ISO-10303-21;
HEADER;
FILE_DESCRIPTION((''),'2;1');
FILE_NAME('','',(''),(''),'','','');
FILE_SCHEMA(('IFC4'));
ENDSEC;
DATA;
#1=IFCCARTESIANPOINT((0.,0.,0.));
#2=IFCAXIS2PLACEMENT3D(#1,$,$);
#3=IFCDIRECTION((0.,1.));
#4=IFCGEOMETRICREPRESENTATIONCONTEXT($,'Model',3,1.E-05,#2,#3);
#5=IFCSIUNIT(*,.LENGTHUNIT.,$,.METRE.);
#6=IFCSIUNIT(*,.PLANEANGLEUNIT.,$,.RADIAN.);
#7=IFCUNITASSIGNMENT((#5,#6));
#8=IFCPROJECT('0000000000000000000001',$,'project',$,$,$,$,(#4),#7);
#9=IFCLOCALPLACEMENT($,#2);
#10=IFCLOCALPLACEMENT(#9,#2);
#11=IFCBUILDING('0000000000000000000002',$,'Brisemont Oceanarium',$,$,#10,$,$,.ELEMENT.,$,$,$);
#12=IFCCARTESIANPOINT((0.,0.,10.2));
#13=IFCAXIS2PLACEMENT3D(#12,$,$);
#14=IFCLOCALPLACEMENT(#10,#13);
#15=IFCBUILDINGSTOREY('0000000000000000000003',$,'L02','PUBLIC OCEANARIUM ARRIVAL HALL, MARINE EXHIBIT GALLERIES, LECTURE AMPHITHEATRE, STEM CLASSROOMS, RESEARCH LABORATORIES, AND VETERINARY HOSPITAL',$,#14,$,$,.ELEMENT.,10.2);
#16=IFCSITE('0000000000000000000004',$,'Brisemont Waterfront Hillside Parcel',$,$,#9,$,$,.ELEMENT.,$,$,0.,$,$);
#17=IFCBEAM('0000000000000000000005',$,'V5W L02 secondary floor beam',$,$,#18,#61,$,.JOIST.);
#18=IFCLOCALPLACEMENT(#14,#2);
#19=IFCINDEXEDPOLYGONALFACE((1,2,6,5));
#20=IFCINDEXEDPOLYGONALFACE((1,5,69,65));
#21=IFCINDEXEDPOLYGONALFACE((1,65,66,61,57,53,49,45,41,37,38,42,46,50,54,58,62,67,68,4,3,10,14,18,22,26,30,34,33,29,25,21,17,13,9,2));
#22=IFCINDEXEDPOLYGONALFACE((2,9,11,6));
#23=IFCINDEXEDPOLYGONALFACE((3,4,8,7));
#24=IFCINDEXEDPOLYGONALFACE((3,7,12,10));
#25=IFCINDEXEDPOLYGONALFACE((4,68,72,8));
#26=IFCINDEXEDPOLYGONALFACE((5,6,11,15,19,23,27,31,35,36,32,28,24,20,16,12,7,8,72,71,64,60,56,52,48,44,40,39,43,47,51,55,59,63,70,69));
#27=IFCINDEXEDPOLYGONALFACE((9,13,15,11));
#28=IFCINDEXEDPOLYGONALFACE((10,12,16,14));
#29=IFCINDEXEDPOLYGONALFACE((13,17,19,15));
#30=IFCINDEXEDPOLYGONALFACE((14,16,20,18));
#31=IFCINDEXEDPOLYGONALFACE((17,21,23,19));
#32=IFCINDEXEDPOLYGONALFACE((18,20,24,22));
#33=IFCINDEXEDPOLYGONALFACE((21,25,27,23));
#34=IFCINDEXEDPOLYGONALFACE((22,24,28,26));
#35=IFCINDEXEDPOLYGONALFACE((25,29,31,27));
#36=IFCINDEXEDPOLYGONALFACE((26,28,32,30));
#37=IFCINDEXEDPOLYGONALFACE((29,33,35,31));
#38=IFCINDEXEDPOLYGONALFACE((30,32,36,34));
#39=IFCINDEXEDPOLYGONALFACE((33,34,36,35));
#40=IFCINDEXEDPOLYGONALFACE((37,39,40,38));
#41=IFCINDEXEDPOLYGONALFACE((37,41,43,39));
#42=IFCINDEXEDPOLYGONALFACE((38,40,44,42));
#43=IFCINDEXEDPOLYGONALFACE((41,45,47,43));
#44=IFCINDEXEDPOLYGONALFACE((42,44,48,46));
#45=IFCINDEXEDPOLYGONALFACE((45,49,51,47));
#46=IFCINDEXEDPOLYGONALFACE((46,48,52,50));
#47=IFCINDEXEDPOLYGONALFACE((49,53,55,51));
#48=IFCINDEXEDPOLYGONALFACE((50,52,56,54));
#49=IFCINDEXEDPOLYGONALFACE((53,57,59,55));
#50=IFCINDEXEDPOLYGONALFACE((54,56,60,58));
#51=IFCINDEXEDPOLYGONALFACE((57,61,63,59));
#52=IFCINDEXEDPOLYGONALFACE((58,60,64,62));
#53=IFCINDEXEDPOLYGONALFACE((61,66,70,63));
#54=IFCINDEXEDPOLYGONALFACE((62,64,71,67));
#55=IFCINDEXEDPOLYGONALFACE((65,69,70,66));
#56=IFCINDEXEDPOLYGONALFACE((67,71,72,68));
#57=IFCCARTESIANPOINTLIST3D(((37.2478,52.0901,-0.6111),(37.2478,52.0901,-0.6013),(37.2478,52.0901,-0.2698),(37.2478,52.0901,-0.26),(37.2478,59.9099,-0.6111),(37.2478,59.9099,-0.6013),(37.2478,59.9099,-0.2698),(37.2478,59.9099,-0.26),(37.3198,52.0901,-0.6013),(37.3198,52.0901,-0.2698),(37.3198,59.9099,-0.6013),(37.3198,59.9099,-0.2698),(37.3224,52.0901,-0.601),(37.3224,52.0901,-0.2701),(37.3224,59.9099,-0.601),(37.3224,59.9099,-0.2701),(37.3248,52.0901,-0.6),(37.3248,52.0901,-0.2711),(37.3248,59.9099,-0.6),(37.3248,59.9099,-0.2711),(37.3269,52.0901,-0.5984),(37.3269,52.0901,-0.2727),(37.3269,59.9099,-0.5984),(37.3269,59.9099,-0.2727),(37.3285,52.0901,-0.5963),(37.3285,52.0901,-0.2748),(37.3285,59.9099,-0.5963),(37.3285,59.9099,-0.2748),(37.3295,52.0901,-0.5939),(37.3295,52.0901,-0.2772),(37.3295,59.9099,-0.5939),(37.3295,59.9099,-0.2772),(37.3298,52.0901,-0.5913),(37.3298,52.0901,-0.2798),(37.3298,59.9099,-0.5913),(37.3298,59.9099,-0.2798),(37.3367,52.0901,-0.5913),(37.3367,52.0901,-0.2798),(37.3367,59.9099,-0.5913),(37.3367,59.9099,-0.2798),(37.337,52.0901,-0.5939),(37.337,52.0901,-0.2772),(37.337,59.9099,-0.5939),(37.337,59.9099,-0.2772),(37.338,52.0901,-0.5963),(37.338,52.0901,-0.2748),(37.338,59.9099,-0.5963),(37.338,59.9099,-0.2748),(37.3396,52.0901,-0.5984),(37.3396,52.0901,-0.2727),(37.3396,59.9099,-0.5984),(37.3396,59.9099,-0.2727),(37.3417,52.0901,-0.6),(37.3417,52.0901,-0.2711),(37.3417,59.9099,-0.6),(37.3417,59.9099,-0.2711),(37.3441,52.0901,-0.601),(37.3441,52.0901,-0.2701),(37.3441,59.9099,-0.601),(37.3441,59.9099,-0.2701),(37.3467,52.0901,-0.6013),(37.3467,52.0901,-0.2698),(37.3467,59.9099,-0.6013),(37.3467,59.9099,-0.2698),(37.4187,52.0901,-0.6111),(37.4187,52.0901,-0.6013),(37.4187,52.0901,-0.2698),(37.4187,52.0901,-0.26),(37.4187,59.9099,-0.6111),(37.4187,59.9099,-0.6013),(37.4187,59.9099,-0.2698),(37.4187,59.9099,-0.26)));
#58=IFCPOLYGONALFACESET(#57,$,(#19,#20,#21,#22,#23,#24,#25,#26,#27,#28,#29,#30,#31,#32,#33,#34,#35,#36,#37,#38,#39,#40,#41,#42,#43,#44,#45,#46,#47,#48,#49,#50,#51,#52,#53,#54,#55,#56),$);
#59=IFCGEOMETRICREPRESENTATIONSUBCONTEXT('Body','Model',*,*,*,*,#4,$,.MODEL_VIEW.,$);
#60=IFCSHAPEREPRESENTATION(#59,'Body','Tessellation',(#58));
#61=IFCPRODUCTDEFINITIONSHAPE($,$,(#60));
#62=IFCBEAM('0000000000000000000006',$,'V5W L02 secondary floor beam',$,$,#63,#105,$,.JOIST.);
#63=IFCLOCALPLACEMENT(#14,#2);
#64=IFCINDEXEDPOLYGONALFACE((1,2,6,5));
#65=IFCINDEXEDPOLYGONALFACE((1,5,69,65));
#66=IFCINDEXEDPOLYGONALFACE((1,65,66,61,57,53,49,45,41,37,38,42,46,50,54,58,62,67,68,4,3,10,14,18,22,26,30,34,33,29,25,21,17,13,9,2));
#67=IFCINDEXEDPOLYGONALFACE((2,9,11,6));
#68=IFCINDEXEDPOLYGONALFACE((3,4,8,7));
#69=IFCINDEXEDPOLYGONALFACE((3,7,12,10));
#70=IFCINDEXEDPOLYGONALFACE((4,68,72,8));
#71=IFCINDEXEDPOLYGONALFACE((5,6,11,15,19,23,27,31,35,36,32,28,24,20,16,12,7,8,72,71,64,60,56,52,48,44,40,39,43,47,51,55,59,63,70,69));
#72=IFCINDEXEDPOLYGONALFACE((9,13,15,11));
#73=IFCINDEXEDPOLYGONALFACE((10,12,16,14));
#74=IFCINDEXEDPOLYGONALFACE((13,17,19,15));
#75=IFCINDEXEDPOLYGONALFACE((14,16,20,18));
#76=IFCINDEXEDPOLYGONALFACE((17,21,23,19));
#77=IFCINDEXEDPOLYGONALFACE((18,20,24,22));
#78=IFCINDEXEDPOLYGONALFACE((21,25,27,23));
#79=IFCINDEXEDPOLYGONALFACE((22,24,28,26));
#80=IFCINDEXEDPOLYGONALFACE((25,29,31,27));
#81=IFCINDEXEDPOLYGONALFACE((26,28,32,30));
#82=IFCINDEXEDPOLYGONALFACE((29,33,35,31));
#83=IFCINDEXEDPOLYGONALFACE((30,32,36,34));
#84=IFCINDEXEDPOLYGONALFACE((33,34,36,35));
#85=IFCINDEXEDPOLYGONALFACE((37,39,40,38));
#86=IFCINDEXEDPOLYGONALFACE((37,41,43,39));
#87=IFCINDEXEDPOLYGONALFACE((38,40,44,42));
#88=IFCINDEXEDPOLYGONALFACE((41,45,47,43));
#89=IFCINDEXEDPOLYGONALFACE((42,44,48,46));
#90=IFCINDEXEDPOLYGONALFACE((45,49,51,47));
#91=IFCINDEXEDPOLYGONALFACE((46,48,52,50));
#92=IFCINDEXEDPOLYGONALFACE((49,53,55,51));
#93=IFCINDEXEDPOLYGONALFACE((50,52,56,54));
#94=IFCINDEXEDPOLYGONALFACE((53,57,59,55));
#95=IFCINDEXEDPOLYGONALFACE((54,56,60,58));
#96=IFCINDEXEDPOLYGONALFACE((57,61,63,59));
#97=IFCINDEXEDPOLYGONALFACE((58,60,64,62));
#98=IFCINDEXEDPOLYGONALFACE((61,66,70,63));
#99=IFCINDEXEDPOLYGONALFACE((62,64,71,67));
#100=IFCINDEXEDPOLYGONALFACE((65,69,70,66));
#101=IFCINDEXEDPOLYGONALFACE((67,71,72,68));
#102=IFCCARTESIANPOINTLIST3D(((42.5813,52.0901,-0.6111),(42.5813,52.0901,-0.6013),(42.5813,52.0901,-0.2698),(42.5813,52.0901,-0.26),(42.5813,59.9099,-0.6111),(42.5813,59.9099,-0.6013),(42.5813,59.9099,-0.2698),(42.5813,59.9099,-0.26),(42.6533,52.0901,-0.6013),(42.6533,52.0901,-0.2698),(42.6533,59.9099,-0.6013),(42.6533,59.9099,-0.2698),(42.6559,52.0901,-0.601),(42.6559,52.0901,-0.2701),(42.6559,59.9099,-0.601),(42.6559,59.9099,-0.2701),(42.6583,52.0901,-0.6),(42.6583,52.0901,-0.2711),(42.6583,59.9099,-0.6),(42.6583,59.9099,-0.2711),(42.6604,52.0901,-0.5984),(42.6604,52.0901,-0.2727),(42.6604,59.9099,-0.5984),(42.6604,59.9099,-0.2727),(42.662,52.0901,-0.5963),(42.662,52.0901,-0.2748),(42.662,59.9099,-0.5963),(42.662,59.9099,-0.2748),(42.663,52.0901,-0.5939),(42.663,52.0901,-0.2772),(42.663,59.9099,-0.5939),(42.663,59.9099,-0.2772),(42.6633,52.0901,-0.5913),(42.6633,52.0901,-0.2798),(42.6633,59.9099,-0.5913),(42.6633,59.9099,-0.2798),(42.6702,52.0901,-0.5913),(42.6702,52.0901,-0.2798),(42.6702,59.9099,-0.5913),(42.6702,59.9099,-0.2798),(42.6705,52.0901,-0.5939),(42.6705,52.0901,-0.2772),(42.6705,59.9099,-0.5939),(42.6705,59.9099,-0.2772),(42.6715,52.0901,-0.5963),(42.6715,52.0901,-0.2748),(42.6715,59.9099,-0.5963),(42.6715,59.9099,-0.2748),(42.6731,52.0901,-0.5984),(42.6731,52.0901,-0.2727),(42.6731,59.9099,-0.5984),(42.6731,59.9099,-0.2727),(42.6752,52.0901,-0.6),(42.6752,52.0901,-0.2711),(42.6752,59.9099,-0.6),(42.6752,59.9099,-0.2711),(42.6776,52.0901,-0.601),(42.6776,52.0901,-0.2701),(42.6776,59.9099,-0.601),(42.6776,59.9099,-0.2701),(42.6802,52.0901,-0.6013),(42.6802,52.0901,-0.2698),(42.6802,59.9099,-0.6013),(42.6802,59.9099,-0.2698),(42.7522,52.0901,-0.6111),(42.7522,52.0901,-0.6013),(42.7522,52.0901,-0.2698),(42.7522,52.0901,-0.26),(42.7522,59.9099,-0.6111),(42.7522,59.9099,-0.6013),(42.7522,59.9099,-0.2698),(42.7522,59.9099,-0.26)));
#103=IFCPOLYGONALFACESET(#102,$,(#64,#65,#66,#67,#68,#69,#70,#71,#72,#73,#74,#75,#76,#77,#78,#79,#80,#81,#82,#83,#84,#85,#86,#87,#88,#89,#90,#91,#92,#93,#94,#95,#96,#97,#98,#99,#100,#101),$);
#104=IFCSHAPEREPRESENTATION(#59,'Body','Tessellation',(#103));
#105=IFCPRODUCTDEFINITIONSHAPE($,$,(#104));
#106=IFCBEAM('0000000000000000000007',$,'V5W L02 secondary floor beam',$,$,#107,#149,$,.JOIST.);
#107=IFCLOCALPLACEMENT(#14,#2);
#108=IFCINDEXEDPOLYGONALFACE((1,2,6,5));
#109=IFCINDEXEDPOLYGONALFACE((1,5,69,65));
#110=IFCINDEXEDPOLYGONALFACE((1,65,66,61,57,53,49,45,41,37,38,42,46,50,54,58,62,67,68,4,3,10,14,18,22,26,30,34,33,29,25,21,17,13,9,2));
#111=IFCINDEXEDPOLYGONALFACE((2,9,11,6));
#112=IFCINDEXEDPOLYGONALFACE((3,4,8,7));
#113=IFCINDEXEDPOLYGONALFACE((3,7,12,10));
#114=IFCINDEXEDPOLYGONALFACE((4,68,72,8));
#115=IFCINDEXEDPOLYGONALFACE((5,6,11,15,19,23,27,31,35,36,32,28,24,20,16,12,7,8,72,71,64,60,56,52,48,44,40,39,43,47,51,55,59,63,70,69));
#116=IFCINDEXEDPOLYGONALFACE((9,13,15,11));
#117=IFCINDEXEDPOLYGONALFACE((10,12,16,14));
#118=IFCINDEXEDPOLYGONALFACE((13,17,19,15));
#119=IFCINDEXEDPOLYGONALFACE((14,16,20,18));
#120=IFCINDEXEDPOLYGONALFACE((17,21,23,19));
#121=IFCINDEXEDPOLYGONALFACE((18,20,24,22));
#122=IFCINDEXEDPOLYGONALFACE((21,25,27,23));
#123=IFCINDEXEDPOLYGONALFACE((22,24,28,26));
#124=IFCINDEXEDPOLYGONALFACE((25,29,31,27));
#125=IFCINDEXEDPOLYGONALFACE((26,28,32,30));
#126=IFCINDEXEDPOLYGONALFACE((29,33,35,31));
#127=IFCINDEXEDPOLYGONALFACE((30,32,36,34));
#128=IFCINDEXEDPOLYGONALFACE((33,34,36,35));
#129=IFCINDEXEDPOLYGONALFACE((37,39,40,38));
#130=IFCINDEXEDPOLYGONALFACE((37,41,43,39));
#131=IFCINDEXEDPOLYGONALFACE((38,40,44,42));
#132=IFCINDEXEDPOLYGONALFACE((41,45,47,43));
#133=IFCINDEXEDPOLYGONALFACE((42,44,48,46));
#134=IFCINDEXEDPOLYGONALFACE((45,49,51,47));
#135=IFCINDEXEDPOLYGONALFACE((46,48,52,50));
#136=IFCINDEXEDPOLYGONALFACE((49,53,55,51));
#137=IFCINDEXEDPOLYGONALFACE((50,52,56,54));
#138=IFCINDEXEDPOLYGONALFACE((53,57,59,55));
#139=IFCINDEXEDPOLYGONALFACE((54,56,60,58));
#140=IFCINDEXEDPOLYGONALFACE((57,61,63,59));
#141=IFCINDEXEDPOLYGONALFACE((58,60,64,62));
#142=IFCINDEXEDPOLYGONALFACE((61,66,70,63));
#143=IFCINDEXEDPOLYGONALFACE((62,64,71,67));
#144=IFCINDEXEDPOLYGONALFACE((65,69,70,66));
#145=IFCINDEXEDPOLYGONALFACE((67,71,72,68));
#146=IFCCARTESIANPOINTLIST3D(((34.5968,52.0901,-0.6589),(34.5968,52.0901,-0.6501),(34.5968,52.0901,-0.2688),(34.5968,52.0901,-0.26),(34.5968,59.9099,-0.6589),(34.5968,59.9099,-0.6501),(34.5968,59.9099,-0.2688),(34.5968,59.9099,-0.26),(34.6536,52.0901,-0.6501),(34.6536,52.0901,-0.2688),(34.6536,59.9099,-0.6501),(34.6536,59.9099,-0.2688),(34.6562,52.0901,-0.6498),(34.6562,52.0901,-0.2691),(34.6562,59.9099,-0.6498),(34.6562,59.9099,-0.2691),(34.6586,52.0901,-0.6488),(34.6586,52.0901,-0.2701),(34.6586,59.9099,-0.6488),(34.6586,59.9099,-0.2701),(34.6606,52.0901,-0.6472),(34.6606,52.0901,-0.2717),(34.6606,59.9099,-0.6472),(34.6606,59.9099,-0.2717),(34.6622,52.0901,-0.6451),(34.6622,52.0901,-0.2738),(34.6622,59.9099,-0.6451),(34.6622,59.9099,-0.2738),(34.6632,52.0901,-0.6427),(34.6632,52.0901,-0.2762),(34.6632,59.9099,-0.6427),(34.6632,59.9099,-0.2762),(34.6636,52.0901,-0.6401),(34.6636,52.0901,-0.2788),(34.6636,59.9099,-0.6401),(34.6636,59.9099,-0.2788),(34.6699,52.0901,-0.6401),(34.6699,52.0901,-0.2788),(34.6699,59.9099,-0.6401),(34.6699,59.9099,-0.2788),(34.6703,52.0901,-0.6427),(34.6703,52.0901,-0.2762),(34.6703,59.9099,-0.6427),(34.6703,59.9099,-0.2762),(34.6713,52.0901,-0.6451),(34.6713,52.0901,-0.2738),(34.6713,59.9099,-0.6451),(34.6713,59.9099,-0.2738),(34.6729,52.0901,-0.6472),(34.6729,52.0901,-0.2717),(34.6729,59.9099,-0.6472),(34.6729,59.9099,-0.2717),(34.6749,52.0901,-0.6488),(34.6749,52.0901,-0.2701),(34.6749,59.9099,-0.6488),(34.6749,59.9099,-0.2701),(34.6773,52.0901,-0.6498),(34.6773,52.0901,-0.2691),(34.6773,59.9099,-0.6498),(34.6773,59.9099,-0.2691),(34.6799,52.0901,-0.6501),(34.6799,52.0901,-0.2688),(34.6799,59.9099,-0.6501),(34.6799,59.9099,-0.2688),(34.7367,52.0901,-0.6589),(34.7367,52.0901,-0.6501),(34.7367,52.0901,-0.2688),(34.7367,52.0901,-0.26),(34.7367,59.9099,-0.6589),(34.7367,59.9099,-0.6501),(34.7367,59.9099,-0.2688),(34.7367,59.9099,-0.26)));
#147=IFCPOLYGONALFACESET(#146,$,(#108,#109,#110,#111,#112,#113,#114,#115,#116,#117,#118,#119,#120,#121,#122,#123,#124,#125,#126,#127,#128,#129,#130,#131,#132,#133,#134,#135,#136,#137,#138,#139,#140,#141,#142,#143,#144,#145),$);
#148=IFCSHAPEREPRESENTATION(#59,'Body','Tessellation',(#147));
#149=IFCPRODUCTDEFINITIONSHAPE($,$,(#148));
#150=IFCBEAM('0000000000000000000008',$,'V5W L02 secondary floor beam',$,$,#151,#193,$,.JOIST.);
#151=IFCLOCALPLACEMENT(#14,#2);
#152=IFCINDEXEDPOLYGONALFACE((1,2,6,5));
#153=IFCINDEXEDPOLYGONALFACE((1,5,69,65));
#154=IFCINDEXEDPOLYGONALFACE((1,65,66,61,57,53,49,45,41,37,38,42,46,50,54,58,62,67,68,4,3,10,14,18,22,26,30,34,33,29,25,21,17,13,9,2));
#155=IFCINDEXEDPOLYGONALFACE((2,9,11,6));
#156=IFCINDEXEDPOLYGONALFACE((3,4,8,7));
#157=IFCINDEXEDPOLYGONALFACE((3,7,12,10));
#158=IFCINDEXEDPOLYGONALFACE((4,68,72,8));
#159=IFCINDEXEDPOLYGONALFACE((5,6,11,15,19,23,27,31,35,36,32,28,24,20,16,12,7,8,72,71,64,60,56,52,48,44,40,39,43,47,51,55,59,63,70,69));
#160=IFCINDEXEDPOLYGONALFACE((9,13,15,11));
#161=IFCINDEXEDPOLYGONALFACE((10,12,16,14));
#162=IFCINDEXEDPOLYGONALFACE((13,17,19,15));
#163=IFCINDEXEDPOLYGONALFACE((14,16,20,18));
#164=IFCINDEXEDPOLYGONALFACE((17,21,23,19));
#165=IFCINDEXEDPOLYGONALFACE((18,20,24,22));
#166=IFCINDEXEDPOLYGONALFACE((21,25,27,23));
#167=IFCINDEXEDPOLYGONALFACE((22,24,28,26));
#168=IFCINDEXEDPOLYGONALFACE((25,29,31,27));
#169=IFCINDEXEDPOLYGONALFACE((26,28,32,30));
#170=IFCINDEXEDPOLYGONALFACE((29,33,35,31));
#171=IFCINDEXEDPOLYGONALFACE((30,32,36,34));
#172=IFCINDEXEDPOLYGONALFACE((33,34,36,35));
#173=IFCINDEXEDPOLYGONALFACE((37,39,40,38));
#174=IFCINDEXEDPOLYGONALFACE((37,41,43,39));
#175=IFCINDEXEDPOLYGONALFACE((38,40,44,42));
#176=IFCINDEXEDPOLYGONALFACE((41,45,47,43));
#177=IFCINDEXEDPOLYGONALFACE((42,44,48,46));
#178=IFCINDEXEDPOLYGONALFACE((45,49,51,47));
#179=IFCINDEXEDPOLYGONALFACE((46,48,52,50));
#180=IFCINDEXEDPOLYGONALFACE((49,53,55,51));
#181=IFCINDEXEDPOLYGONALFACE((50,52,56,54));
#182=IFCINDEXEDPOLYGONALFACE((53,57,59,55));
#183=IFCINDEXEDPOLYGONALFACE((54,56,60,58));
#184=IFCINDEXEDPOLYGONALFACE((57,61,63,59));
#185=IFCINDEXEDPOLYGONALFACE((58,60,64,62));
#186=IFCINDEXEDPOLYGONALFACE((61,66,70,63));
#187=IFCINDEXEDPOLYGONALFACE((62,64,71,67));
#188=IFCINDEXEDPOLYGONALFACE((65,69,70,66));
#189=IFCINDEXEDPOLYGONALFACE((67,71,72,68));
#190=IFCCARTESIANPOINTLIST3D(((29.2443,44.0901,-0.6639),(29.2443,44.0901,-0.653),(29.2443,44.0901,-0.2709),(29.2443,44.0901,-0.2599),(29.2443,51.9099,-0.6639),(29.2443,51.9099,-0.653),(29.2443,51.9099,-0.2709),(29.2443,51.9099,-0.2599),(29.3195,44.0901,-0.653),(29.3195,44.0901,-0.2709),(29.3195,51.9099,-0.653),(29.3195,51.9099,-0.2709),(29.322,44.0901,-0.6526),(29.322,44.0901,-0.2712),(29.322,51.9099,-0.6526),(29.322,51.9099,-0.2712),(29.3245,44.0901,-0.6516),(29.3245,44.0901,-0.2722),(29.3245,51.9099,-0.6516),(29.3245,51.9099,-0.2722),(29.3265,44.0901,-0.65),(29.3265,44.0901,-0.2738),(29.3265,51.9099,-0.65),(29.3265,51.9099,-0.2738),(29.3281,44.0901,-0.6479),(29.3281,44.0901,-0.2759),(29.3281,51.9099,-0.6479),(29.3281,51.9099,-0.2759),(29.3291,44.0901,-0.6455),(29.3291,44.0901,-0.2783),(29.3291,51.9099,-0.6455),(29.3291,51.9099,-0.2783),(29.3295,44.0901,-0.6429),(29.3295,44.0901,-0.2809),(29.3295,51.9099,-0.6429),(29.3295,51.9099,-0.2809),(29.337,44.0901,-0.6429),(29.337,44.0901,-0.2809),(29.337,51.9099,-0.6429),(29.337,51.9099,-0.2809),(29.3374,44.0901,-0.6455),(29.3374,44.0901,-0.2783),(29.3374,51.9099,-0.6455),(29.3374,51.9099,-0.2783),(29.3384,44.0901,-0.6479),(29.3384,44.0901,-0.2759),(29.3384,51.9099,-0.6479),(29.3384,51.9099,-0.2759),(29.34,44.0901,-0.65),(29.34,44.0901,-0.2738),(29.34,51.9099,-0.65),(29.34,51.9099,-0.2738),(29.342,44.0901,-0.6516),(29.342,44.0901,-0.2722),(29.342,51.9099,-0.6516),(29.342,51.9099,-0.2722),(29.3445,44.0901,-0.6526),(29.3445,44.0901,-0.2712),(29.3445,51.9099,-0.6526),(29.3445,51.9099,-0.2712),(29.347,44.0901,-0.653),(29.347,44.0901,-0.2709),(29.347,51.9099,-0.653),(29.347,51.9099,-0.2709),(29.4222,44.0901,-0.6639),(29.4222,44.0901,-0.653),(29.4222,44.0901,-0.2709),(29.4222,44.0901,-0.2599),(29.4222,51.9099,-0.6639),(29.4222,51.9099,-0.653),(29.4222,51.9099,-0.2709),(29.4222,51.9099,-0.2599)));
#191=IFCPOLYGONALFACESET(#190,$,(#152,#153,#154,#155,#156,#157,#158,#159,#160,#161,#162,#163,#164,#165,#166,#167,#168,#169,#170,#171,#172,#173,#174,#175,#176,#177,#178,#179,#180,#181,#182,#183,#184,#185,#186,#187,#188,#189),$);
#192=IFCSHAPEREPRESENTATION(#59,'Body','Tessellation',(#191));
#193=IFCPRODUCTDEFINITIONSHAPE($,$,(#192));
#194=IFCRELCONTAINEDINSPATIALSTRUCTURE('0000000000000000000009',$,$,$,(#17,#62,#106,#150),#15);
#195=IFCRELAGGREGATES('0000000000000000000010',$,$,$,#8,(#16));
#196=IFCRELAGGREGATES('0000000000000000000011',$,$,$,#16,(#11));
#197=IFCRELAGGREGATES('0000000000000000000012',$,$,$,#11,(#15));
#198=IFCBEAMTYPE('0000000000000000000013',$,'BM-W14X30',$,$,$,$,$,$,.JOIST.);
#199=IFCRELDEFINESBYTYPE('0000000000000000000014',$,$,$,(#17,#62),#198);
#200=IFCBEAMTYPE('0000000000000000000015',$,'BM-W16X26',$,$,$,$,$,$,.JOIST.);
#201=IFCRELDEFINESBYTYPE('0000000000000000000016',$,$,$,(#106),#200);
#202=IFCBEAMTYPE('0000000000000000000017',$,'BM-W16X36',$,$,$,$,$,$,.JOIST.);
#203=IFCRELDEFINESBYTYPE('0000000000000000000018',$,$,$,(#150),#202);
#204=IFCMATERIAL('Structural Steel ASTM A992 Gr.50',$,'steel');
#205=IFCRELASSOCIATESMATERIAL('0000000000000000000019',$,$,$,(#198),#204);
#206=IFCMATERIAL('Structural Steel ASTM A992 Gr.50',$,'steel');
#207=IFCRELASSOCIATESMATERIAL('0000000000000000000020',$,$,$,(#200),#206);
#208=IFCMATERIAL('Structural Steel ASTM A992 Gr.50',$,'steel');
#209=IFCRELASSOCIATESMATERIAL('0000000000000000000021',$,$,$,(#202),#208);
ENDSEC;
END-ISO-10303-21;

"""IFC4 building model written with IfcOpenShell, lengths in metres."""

from ifc_helpers import new_model, si_unit, direction, frame, origin, origin_2d, place, context, subcontext, project, spatial, i_section, extrude, material, material_profile, profile_set, type_object, element, save


model = new_model("IFC4")

# Units and contexts
model_context = context("Model", 3, precision=1e-05, world=origin(), true_north=direction((0.0, 1.0)))
body_context = subcontext(model_context, "Body", "Model", "MODEL_VIEW")
ifc_project = project(units=[si_unit("LENGTHUNIT", "METRE"), si_unit("PLANEANGLEUNIT", "RADIAN")], contexts=[model_context])

# Site, building, storey
site_placement = place(None, origin())
site = spatial("IfcSite", under=ifc_project, at=site_placement, Name="Brisemont Waterfront Hillside Parcel", CompositionType="ELEMENT", RefElevation=0.0)
building_placement = place(site_placement, origin())
building = spatial("IfcBuilding", under=site, at=building_placement, Name="Brisemont Oceanarium", CompositionType="ELEMENT")
storey_placement = place(building_placement, frame((0.0, 0.0, 10.2)))
storey = spatial("IfcBuildingStorey", under=building, at=storey_placement, Name="L02", Description="PUBLIC OCEANARIUM ARRIVAL HALL, MARINE EXHIBIT GALLERIES, LECTURE AMPHITHEATRE, STEM CLASSROOMS, RESEARCH LABORATORIES, AND VETERINARY HOSPITAL", CompositionType="ELEMENT", Elevation=10.2)

# Beams
ifc_material_1 = material(Name="Structural Steel ASTM A992 Gr.50", Category="steel")
ifc_material_profile_1 = material_profile(ifc_material_1, i_section(OverallWidth=0.1709, OverallDepth=0.3511, WebThickness=0.0068, FlangeThickness=0.0098, FilletRadius=0.01, at=origin_2d()), Name="W14X30")
ifc_profile_set_1 = profile_set([ifc_material_profile_1], Name="Structural Steel ASTM A992 Gr.50")
beam_type_1 = type_object("IfcBeamType", Name="BM-W14X30", PredefinedType="JOIST", material=ifc_profile_set_1)
for number, where, z_axis, x_axis, name in (
    (1, (37.3333, 52.0901, -0.4355), (0.0, 1.0, 0.0), (-1.0, 0.0, 0.0), "V5W L02 secondary floor beam"),
    (2, (42.6667, 52.0901, -0.4355), (0.0, 1.0, 0.0), (-1.0, 0.0, 0.0), "V5W L02 secondary floor beam"),
):
    element("IfcBeam", number, at=place(storey_placement, frame(where, z_axis=z_axis, x_axis=x_axis)), inside=storey, type_object=beam_type_1, Name=name, PredefinedType="JOIST", context=body_context, shape_type="SweptSolid", body=[
        extrude(i_section(OverallWidth=0.1709, OverallDepth=0.3511, WebThickness=0.0068, FlangeThickness=0.0098, FilletRadius=0.01, at=origin_2d()), origin(), (0.0, 0.0, 1.0), 7.8198),
    ])
ifc_material_2 = material(Name="Structural Steel ASTM A992 Gr.50", Category="steel")
ifc_material_profile_2 = material_profile(ifc_material_2, i_section(OverallWidth=0.1399, OverallDepth=0.3989, WebThickness=0.0063, FlangeThickness=0.0088, FilletRadius=0.01, at=origin_2d()), Name="W16X26")
ifc_profile_set_2 = profile_set([ifc_material_profile_2], Name="Structural Steel ASTM A992 Gr.50")
beam_type_2 = type_object("IfcBeamType", Name="BM-W16X26", PredefinedType="JOIST", material=ifc_profile_set_2)
beam_1_placement = place(storey_placement, frame((34.6667, 52.0901, -0.4595), z_axis=(0.0, 1.0, 0.0), x_axis=(-1.0, 0.0, 0.0)))
element("IfcBeam", 3, at=beam_1_placement, inside=storey, type_object=beam_type_2, Name="V5W L02 secondary floor beam", PredefinedType="JOIST", context=body_context, shape_type="SweptSolid", body=[
    extrude(i_section(OverallWidth=0.1399, OverallDepth=0.3989, WebThickness=0.0063, FlangeThickness=0.0088, FilletRadius=0.01, at=origin_2d()), origin(), (0.0, 0.0, 1.0), 7.8198),
])
ifc_material_3 = material(Name="Structural Steel ASTM A992 Gr.50", Category="steel")
ifc_material_profile_3 = material_profile(ifc_material_3, i_section(OverallWidth=0.178, OverallDepth=0.4041, WebThickness=0.0076, FlangeThickness=0.011, FilletRadius=0.01, at=origin_2d()), Name="W16X36")
ifc_profile_set_3 = profile_set([ifc_material_profile_3], Name="Structural Steel ASTM A992 Gr.50")
beam_type_3 = type_object("IfcBeamType", Name="BM-W16X36", PredefinedType="JOIST", material=ifc_profile_set_3)
beam_2_placement = place(storey_placement, frame((29.3333, 44.0901, -0.4619), z_axis=(0.0, 1.0, 0.0), x_axis=(-1.0, 0.0, 0.0)))
element("IfcBeam", 4, at=beam_2_placement, inside=storey, type_object=beam_type_3, Name="V5W L02 secondary floor beam", PredefinedType="JOIST", context=body_context, shape_type="SweptSolid", body=[
    extrude(i_section(OverallWidth=0.178, OverallDepth=0.4041, WebThickness=0.0076, FlangeThickness=0.011, FilletRadius=0.01, at=origin_2d()), origin(), (0.0, 0.0, 1.0), 7.8198),
])

save(model, "model.ifc")
